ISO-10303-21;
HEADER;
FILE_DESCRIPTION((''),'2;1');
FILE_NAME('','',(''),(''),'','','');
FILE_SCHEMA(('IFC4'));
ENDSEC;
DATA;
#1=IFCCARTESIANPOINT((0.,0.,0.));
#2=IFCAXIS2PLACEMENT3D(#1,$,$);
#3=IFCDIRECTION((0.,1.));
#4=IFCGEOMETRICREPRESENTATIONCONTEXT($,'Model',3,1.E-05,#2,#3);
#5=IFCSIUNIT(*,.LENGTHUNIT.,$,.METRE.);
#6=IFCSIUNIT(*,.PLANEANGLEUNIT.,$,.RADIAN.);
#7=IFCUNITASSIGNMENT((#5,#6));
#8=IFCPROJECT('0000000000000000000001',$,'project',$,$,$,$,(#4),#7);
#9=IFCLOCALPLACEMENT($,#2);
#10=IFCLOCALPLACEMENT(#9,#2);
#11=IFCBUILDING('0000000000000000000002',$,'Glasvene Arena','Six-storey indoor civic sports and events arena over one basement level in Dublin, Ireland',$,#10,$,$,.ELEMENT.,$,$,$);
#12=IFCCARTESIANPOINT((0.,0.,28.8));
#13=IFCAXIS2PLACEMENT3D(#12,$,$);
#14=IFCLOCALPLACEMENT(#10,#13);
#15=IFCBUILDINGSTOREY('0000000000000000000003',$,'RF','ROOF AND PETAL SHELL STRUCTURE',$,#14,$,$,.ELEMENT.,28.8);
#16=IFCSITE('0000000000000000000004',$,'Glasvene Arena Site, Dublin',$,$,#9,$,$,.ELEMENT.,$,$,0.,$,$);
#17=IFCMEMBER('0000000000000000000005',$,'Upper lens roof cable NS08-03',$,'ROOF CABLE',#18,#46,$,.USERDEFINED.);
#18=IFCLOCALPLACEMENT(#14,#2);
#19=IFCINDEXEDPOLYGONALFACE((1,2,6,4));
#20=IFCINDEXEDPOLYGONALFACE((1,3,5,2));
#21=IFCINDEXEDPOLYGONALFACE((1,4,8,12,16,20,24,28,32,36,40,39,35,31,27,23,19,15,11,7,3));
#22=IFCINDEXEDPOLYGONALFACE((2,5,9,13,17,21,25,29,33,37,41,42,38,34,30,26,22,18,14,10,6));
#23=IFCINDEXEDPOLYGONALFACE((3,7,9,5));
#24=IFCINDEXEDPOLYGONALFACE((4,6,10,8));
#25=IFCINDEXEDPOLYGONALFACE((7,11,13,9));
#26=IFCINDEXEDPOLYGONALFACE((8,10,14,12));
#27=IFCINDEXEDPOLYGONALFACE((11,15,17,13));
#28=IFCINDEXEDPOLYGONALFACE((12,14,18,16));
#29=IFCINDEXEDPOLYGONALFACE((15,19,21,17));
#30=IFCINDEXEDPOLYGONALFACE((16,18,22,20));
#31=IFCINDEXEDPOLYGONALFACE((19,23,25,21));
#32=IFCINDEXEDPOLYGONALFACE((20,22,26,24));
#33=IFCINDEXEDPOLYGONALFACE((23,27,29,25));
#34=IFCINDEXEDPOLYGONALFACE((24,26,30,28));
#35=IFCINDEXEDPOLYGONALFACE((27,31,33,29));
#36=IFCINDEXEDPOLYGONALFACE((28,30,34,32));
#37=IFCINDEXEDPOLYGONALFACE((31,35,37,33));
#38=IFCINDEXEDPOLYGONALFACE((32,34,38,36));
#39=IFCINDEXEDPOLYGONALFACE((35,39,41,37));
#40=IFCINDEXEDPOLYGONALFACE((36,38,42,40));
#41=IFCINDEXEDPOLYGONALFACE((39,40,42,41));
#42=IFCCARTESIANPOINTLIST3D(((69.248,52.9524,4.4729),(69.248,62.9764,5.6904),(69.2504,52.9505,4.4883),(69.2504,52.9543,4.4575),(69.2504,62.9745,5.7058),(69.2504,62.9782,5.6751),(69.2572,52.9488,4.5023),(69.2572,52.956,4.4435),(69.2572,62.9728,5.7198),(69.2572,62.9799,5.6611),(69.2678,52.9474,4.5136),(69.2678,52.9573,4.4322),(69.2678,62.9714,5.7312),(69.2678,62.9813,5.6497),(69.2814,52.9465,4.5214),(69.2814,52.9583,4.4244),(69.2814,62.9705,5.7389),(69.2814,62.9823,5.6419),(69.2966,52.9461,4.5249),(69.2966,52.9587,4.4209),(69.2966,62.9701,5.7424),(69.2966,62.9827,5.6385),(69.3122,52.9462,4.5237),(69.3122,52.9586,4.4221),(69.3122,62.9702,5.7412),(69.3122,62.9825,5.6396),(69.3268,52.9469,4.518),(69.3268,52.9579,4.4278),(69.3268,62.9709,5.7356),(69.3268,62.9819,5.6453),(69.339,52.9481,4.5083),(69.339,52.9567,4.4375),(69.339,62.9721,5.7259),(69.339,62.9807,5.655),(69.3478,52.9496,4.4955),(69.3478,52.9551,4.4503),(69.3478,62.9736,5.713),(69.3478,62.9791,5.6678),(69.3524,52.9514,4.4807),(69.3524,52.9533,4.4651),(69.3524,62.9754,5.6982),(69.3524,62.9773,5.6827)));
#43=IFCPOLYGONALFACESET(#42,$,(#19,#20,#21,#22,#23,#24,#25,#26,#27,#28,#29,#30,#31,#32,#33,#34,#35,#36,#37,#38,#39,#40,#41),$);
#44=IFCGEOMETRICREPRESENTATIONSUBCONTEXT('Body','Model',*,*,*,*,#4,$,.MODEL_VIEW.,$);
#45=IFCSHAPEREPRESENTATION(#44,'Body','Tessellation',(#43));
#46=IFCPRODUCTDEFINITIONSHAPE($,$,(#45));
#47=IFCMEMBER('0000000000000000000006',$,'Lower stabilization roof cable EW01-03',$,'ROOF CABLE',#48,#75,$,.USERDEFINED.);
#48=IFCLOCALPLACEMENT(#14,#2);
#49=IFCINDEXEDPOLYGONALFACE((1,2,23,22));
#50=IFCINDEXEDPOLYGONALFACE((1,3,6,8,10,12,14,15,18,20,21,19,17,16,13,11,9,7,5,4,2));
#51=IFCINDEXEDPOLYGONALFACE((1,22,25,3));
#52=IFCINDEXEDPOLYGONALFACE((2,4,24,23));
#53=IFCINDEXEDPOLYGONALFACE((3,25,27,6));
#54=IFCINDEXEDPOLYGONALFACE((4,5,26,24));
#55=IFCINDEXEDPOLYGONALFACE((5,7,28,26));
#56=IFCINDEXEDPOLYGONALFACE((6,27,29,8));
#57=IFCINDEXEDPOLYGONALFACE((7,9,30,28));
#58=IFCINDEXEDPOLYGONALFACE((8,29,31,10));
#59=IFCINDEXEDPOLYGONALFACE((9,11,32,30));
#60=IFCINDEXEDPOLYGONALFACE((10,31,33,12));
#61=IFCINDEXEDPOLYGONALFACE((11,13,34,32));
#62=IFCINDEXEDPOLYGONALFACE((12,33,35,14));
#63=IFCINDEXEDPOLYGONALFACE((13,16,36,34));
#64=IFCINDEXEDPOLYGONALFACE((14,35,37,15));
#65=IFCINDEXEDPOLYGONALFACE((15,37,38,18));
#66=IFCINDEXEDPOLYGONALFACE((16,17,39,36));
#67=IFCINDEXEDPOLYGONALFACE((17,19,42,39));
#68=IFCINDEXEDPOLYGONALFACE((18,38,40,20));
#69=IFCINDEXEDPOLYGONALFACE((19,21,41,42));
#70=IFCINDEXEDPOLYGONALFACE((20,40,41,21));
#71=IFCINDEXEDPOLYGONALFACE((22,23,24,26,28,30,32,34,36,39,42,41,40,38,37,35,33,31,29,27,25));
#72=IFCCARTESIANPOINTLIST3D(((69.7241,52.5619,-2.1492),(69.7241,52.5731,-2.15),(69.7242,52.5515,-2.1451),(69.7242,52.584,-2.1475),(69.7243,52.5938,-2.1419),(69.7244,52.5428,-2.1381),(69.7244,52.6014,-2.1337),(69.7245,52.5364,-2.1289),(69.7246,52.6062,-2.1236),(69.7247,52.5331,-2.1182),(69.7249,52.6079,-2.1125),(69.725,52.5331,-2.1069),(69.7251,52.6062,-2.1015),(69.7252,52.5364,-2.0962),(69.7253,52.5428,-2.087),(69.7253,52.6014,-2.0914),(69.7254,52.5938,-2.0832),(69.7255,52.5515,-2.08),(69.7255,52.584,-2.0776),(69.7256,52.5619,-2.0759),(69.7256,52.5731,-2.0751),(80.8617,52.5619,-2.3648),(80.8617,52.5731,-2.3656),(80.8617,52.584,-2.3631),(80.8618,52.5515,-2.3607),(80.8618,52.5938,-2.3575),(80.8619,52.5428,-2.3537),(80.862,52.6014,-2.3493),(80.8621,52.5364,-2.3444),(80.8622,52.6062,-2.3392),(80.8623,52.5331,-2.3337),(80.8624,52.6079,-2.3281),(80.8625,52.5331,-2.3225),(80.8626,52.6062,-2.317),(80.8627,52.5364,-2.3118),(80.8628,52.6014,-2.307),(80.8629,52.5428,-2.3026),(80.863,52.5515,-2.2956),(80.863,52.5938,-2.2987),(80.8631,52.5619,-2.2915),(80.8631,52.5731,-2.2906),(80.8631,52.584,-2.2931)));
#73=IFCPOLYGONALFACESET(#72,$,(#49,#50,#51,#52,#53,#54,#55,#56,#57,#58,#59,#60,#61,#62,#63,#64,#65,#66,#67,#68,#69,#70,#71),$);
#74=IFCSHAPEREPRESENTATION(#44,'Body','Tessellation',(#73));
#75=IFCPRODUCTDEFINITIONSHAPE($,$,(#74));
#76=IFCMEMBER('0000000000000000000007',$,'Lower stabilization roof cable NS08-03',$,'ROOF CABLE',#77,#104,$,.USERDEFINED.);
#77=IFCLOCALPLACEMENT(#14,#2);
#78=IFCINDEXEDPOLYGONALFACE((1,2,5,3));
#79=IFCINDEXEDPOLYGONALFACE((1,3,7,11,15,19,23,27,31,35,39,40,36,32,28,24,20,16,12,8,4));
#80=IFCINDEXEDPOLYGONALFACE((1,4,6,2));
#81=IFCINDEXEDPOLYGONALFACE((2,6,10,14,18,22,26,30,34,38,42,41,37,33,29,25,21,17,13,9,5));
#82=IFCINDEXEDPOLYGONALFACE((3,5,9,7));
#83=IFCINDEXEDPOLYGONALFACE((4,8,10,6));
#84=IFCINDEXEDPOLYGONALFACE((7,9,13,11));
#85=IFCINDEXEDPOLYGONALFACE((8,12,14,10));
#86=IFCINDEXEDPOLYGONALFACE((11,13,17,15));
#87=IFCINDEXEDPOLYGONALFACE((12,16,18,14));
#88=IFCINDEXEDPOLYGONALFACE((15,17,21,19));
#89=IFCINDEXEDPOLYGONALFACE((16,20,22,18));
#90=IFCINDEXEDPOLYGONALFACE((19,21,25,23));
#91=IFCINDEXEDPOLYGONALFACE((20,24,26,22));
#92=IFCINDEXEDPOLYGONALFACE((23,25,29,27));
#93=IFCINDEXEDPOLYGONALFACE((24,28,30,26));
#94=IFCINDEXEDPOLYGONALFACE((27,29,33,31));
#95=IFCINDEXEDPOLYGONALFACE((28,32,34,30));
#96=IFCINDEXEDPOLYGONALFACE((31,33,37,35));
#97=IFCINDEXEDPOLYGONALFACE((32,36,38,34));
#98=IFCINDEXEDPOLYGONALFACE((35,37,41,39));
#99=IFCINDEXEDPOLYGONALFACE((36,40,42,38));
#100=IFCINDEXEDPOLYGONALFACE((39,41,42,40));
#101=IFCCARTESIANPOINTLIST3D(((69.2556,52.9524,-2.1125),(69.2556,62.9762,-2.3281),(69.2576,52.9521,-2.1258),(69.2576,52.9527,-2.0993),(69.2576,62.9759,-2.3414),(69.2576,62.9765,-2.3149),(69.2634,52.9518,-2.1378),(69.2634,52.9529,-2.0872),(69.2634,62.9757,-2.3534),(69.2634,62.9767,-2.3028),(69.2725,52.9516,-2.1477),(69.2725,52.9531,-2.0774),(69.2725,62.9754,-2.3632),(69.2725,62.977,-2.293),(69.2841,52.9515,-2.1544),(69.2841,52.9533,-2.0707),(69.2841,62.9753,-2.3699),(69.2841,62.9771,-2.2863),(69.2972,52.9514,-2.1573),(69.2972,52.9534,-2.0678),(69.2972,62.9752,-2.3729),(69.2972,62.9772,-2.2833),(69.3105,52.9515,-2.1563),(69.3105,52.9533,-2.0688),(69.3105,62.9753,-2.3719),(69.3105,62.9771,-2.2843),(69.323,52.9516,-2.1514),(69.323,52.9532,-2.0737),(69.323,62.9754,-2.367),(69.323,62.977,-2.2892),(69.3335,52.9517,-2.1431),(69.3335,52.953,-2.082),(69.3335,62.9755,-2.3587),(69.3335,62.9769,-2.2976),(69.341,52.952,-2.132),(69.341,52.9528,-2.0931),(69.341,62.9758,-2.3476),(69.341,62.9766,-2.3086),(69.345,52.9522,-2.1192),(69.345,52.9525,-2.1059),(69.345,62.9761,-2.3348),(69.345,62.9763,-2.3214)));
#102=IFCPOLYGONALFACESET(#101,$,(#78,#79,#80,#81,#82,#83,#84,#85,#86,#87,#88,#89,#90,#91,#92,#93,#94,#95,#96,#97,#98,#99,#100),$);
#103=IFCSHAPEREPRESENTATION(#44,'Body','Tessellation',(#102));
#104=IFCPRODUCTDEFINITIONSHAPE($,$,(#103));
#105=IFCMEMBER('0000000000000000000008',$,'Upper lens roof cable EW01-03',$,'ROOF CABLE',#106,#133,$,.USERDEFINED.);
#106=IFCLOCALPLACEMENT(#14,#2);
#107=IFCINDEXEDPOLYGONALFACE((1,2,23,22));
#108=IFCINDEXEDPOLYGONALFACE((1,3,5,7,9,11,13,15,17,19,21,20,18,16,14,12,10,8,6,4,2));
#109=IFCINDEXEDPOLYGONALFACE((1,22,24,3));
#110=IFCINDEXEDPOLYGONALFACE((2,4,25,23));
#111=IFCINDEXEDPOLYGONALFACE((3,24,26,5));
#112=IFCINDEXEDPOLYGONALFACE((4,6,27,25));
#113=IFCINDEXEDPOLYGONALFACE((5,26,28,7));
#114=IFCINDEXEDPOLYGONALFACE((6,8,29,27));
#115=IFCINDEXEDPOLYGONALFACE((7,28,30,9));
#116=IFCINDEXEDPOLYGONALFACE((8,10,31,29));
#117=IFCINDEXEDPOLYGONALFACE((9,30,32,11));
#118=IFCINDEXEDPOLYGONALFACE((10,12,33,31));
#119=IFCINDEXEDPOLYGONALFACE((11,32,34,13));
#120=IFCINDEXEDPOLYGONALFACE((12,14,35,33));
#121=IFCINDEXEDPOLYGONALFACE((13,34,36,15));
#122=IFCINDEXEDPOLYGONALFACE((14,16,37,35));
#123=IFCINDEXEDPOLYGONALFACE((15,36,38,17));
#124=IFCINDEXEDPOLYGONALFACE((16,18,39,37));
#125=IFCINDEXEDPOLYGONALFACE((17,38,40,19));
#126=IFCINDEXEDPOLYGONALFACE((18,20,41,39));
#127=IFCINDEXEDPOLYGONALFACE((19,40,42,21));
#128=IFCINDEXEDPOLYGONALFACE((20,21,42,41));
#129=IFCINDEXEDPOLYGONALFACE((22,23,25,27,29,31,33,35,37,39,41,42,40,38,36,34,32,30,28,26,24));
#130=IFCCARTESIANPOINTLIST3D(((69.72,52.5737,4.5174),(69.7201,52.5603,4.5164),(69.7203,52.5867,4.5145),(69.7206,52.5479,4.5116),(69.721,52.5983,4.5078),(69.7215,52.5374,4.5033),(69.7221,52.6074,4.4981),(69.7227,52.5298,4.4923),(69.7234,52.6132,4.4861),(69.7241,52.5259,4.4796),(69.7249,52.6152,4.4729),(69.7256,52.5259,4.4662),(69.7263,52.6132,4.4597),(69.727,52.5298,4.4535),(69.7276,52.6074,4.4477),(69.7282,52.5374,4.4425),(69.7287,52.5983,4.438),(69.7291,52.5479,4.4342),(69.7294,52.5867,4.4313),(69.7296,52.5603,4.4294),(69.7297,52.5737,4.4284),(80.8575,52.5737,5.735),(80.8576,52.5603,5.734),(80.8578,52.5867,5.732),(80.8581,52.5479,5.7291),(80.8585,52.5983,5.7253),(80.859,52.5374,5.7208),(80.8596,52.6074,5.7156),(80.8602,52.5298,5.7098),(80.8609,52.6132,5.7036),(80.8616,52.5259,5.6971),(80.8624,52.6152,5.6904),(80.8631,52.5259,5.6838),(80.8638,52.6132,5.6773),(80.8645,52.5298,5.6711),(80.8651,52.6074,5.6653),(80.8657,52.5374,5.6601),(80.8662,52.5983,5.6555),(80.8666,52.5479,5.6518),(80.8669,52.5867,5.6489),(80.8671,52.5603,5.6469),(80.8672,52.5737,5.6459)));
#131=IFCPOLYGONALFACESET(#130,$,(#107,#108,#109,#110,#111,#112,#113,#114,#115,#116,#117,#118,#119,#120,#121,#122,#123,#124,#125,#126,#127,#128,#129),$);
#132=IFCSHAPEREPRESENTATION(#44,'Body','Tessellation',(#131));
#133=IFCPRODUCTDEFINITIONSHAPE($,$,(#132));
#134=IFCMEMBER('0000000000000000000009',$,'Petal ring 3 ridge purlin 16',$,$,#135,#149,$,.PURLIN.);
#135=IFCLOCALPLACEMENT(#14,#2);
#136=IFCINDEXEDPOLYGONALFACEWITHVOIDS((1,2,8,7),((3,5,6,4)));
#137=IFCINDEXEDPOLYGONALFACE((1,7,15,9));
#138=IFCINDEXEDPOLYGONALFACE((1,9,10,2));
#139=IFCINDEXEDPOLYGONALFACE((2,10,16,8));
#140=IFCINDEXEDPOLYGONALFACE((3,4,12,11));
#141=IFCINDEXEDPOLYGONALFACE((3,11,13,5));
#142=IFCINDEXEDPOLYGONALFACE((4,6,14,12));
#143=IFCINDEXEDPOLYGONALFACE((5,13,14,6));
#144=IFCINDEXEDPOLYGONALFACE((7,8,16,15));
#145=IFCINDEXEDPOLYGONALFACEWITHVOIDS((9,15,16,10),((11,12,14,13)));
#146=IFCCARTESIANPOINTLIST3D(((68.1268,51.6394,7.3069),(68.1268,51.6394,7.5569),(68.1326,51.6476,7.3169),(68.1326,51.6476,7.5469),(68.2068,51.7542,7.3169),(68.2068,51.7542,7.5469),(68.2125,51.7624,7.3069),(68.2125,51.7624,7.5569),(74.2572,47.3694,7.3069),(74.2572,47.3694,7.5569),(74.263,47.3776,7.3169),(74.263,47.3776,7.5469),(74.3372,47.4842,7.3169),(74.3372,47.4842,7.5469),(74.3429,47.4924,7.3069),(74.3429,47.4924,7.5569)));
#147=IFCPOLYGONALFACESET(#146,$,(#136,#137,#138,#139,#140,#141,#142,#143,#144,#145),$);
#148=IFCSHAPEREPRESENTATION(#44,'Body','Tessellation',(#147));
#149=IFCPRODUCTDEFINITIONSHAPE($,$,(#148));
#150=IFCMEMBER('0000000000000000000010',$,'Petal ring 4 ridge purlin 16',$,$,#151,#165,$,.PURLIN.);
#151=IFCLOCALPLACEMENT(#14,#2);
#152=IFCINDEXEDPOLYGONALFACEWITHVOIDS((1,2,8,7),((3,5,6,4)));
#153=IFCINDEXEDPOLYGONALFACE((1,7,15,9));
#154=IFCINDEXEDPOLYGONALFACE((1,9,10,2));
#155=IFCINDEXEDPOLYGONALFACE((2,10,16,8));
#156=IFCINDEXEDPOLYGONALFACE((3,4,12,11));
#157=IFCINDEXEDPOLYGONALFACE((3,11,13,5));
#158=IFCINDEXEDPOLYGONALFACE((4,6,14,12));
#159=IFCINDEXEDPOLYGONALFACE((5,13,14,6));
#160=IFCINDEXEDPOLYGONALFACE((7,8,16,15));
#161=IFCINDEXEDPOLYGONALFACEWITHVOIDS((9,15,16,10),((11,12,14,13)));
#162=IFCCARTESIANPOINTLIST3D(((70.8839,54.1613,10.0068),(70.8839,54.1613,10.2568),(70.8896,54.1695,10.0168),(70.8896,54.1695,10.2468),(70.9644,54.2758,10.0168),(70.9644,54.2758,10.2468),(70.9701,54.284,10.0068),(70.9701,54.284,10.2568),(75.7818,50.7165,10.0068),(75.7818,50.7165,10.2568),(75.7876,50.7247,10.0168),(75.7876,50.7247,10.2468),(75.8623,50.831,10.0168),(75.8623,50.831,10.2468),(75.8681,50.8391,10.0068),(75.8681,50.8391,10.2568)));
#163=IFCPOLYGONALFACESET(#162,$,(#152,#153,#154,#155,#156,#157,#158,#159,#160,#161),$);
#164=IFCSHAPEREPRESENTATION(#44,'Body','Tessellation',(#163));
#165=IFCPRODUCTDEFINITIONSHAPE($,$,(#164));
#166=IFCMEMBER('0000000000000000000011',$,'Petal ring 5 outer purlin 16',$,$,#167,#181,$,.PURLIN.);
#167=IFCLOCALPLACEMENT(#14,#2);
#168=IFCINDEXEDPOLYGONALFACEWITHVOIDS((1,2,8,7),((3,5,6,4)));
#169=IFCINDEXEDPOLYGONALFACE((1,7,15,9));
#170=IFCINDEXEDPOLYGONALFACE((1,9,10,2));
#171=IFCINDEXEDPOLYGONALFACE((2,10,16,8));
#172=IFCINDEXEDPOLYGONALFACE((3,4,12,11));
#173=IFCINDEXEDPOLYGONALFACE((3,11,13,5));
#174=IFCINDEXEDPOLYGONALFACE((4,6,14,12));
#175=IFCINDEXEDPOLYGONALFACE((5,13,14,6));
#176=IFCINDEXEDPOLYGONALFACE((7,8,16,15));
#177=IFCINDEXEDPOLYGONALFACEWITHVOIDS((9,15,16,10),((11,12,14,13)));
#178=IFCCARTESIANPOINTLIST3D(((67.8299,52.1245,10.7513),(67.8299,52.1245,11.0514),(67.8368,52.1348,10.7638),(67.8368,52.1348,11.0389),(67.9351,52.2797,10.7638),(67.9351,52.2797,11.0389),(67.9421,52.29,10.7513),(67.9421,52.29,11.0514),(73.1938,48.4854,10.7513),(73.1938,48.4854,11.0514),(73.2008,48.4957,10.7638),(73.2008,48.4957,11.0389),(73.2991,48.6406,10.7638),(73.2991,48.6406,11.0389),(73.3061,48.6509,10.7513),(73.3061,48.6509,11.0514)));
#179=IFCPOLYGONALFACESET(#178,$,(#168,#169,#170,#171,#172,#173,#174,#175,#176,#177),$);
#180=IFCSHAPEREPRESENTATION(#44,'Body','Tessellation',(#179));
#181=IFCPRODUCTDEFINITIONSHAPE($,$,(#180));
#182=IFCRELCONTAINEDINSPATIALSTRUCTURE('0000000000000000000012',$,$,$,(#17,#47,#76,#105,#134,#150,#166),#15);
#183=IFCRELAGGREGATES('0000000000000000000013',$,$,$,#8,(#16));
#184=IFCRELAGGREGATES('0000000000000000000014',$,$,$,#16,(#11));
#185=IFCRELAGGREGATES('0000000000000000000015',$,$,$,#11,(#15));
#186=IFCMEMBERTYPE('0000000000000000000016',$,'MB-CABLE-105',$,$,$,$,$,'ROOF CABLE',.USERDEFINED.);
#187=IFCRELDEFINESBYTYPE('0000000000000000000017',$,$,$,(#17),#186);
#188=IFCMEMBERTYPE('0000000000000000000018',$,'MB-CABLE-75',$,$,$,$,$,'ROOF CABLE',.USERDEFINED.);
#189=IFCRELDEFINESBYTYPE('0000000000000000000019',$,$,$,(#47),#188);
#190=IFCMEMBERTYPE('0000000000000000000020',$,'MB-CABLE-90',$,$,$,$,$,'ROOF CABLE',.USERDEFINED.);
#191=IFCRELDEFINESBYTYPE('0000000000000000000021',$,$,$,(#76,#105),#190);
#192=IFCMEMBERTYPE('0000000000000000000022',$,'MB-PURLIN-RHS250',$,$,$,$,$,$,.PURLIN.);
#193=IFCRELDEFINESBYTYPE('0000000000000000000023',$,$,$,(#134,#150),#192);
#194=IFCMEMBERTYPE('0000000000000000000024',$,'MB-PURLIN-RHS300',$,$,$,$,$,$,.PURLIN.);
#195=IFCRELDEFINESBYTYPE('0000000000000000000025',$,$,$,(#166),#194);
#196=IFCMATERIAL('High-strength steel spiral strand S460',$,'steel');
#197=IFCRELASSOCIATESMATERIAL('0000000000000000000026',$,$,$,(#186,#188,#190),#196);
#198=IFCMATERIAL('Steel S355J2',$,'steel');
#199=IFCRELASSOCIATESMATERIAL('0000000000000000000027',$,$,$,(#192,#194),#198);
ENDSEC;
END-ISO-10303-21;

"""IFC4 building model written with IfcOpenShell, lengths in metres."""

from ifc_helpers import new_model, si_unit, direction, frame, origin, origin_2d, place, context, subcontext, project, spatial, hollow_rectangle, circle, extrude, material, material_profile, profile_set, type_object, element, save


model = new_model("IFC4")

# Units and contexts
model_context = context("Model", 3, precision=1e-05, world=origin(), true_north=direction((0.0, 1.0)))
body_context = subcontext(model_context, "Body", "Model", "MODEL_VIEW")
ifc_project = project(units=[si_unit("LENGTHUNIT", "METRE"), si_unit("PLANEANGLEUNIT", "RADIAN")], contexts=[model_context])

# Site, building, storey
site_placement = place(None, origin())
site = spatial("IfcSite", under=ifc_project, at=site_placement, Name="Glasvene Arena Site, Dublin", CompositionType="ELEMENT", RefElevation=0.0)
building_placement = place(site_placement, origin())
building = spatial("IfcBuilding", under=site, at=building_placement, Name="Glasvene Arena", Description="Six-storey indoor civic sports and events arena over one basement level in Dublin, Ireland", CompositionType="ELEMENT")
storey_placement = place(building_placement, frame((0.0, 0.0, 28.8)))
storey = spatial("IfcBuildingStorey", under=building, at=storey_placement, Name="RF", Description="ROOF AND PETAL SHELL STRUCTURE", CompositionType="ELEMENT", Elevation=28.8)

# Members
ifc_material_1 = material(Name="High-strength steel spiral strand S460", Category="steel")
ifc_material_profile_1 = material_profile(ifc_material_1, circle(Radius=0.0525, at=origin_2d()), Name="LCSS D105")
ifc_profile_set_1 = profile_set([ifc_material_profile_1], Name="High-strength steel spiral strand S460")
member_type_1 = type_object("IfcMemberType", Name="MB-CABLE-105", ElementType="ROOF CABLE", PredefinedType="USERDEFINED", material=ifc_profile_set_1)
member_1_placement = place(storey_placement, frame((69.3005, 52.9524, 4.4729), z_axis=(0.0, 0.992704, 0.120576), x_axis=(-1.0, 0.0, 0.0)))
element("IfcMember", 1, at=member_1_placement, inside=storey, type_object=member_type_1, Name="Upper lens roof cable NS08-03", ObjectType="ROOF CABLE", PredefinedType="USERDEFINED", context=body_context, shape_type="SweptSolid", body=[
    extrude(circle(Radius=0.0525, at=origin_2d()), origin(), (0.0, 0.0, 1.0), 10.0977),
])
ifc_material_profile_2 = material_profile(ifc_material_1, circle(Radius=0.0376, at=origin_2d()), Name="LCSS D75")
ifc_profile_set_2 = profile_set([ifc_material_profile_2], Name="High-strength steel spiral strand S460")
member_type_2 = type_object("IfcMemberType", Name="MB-CABLE-75", ElementType="ROOF CABLE", PredefinedType="USERDEFINED", material=ifc_profile_set_2)
member_2_placement = place(storey_placement, frame((69.7249, 52.5703, -2.1125), z_axis=(0.999813, 0.0, -0.019352), x_axis=(0.0, 1.0, 0.0)))
element("IfcMember", 2, at=member_2_placement, inside=storey, type_object=member_type_2, Name="Lower stabilization roof cable EW01-03", ObjectType="ROOF CABLE", PredefinedType="USERDEFINED", context=body_context, shape_type="SweptSolid", body=[
    extrude(circle(Radius=0.0376, at=origin_2d()), origin(), (0.0, 0.0, 1.0), 11.1396),
])
ifc_material_profile_3 = material_profile(ifc_material_1, circle(Radius=0.0449, at=origin_2d()), Name="LCSS D90")
ifc_profile_set_3 = profile_set([ifc_material_profile_3], Name="High-strength steel spiral strand S460")
member_type_3 = type_object("IfcMemberType", Name="MB-CABLE-90", ElementType="ROOF CABLE", PredefinedType="USERDEFINED", material=ifc_profile_set_3)
member_3_placement = place(storey_placement, frame((69.3005, 52.9524, -2.1125), z_axis=(0.0, 0.999769, -0.021501), x_axis=(-1.0, 0.0, 0.0)))
element("IfcMember", 3, at=member_3_placement, inside=storey, type_object=member_type_3, Name="Lower stabilization roof cable NS08-03", ObjectType="ROOF CABLE", PredefinedType="USERDEFINED", context=body_context, shape_type="SweptSolid", body=[
    extrude(circle(Radius=0.0449, at=origin_2d()), origin(), (0.0, 0.0, 1.0), 10.0261),
])
member_4_placement = place(storey_placement, frame((69.7249, 52.5703, 4.4729), z_axis=(0.994078, 0.0, 0.108671), x_axis=(0.0, 1.0, 0.0)))
element("IfcMember", 4, at=member_4_placement, inside=storey, type_object=member_type_3, Name="Upper lens roof cable EW01-03", ObjectType="ROOF CABLE", PredefinedType="USERDEFINED", context=body_context, shape_type="SweptSolid", body=[
    extrude(circle(Radius=0.0449, at=origin_2d()), origin(), (0.0, 0.0, 1.0), 11.2039),
])
ifc_material_2 = material(Name="Steel S355J2", Category="steel")
ifc_material_profile_4 = material_profile(ifc_material_2, hollow_rectangle(XDim=0.1499, YDim=0.25, WallThickness=0.01, at=origin_2d()), Name="RHS 250x150x10.0")
ifc_profile_set_4 = profile_set([ifc_material_profile_4], Name="Steel S355J2")
member_type_4 = type_object("IfcMemberType", Name="MB-PURLIN-RHS250", PredefinedType="PURLIN", material=ifc_profile_set_4)
member_5_placement = place(storey_placement, frame((68.1697, 51.7009, 7.4319), z_axis=(0.820565, -0.571553, 0.0), x_axis=(0.571553, 0.820565, 0.0)))
element("IfcMember", 5, at=member_5_placement, inside=storey, type_object=member_type_4, Name="Petal ring 3 ridge purlin 16", PredefinedType="PURLIN", context=body_context, shape_type="SweptSolid", body=[
    extrude(hollow_rectangle(XDim=0.1499, YDim=0.25, WallThickness=0.01, at=origin_2d()), origin(), (0.0, 0.0, 1.0), 7.4709),
])
member_6_placement = place(storey_placement, frame((70.927, 54.2227, 10.1318), z_axis=(0.817954, -0.575283, 0.0), x_axis=(0.575283, 0.817954, 0.0)))
element("IfcMember", 6, at=member_6_placement, inside=storey, type_object=member_type_4, Name="Petal ring 4 ridge purlin 16", PredefinedType="PURLIN", context=body_context, shape_type="SweptSolid", body=[
    extrude(hollow_rectangle(XDim=0.1499, YDim=0.25, WallThickness=0.01, at=origin_2d()), origin(), (0.0, 0.0, 1.0), 5.988),
])
ifc_material_profile_5 = material_profile(ifc_material_2, hollow_rectangle(XDim=0.2, YDim=0.3, WallThickness=0.0125, at=origin_2d()), Name="RHS 300x200x12.5")
ifc_profile_set_5 = profile_set([ifc_material_profile_5], Name="Steel S355J2")
member_type_5 = type_object("IfcMemberType", Name="MB-PURLIN-RHS300", PredefinedType="PURLIN", material=ifc_profile_set_5)
member_7_placement = place(storey_placement, frame((67.886, 52.2073, 10.9014), z_axis=(0.827526, -0.561427, 0.0), x_axis=(0.561427, 0.827526, 0.0)))
element("IfcMember", 7, at=member_7_placement, inside=storey, type_object=member_type_5, Name="Petal ring 5 outer purlin 16", PredefinedType="PURLIN", context=body_context, shape_type="SweptSolid", body=[
    extrude(hollow_rectangle(XDim=0.2, YDim=0.3, WallThickness=0.0125, at=origin_2d()), origin(), (0.0, 0.0, 1.0), 6.4819),
])

save(model, "model.ifc")
